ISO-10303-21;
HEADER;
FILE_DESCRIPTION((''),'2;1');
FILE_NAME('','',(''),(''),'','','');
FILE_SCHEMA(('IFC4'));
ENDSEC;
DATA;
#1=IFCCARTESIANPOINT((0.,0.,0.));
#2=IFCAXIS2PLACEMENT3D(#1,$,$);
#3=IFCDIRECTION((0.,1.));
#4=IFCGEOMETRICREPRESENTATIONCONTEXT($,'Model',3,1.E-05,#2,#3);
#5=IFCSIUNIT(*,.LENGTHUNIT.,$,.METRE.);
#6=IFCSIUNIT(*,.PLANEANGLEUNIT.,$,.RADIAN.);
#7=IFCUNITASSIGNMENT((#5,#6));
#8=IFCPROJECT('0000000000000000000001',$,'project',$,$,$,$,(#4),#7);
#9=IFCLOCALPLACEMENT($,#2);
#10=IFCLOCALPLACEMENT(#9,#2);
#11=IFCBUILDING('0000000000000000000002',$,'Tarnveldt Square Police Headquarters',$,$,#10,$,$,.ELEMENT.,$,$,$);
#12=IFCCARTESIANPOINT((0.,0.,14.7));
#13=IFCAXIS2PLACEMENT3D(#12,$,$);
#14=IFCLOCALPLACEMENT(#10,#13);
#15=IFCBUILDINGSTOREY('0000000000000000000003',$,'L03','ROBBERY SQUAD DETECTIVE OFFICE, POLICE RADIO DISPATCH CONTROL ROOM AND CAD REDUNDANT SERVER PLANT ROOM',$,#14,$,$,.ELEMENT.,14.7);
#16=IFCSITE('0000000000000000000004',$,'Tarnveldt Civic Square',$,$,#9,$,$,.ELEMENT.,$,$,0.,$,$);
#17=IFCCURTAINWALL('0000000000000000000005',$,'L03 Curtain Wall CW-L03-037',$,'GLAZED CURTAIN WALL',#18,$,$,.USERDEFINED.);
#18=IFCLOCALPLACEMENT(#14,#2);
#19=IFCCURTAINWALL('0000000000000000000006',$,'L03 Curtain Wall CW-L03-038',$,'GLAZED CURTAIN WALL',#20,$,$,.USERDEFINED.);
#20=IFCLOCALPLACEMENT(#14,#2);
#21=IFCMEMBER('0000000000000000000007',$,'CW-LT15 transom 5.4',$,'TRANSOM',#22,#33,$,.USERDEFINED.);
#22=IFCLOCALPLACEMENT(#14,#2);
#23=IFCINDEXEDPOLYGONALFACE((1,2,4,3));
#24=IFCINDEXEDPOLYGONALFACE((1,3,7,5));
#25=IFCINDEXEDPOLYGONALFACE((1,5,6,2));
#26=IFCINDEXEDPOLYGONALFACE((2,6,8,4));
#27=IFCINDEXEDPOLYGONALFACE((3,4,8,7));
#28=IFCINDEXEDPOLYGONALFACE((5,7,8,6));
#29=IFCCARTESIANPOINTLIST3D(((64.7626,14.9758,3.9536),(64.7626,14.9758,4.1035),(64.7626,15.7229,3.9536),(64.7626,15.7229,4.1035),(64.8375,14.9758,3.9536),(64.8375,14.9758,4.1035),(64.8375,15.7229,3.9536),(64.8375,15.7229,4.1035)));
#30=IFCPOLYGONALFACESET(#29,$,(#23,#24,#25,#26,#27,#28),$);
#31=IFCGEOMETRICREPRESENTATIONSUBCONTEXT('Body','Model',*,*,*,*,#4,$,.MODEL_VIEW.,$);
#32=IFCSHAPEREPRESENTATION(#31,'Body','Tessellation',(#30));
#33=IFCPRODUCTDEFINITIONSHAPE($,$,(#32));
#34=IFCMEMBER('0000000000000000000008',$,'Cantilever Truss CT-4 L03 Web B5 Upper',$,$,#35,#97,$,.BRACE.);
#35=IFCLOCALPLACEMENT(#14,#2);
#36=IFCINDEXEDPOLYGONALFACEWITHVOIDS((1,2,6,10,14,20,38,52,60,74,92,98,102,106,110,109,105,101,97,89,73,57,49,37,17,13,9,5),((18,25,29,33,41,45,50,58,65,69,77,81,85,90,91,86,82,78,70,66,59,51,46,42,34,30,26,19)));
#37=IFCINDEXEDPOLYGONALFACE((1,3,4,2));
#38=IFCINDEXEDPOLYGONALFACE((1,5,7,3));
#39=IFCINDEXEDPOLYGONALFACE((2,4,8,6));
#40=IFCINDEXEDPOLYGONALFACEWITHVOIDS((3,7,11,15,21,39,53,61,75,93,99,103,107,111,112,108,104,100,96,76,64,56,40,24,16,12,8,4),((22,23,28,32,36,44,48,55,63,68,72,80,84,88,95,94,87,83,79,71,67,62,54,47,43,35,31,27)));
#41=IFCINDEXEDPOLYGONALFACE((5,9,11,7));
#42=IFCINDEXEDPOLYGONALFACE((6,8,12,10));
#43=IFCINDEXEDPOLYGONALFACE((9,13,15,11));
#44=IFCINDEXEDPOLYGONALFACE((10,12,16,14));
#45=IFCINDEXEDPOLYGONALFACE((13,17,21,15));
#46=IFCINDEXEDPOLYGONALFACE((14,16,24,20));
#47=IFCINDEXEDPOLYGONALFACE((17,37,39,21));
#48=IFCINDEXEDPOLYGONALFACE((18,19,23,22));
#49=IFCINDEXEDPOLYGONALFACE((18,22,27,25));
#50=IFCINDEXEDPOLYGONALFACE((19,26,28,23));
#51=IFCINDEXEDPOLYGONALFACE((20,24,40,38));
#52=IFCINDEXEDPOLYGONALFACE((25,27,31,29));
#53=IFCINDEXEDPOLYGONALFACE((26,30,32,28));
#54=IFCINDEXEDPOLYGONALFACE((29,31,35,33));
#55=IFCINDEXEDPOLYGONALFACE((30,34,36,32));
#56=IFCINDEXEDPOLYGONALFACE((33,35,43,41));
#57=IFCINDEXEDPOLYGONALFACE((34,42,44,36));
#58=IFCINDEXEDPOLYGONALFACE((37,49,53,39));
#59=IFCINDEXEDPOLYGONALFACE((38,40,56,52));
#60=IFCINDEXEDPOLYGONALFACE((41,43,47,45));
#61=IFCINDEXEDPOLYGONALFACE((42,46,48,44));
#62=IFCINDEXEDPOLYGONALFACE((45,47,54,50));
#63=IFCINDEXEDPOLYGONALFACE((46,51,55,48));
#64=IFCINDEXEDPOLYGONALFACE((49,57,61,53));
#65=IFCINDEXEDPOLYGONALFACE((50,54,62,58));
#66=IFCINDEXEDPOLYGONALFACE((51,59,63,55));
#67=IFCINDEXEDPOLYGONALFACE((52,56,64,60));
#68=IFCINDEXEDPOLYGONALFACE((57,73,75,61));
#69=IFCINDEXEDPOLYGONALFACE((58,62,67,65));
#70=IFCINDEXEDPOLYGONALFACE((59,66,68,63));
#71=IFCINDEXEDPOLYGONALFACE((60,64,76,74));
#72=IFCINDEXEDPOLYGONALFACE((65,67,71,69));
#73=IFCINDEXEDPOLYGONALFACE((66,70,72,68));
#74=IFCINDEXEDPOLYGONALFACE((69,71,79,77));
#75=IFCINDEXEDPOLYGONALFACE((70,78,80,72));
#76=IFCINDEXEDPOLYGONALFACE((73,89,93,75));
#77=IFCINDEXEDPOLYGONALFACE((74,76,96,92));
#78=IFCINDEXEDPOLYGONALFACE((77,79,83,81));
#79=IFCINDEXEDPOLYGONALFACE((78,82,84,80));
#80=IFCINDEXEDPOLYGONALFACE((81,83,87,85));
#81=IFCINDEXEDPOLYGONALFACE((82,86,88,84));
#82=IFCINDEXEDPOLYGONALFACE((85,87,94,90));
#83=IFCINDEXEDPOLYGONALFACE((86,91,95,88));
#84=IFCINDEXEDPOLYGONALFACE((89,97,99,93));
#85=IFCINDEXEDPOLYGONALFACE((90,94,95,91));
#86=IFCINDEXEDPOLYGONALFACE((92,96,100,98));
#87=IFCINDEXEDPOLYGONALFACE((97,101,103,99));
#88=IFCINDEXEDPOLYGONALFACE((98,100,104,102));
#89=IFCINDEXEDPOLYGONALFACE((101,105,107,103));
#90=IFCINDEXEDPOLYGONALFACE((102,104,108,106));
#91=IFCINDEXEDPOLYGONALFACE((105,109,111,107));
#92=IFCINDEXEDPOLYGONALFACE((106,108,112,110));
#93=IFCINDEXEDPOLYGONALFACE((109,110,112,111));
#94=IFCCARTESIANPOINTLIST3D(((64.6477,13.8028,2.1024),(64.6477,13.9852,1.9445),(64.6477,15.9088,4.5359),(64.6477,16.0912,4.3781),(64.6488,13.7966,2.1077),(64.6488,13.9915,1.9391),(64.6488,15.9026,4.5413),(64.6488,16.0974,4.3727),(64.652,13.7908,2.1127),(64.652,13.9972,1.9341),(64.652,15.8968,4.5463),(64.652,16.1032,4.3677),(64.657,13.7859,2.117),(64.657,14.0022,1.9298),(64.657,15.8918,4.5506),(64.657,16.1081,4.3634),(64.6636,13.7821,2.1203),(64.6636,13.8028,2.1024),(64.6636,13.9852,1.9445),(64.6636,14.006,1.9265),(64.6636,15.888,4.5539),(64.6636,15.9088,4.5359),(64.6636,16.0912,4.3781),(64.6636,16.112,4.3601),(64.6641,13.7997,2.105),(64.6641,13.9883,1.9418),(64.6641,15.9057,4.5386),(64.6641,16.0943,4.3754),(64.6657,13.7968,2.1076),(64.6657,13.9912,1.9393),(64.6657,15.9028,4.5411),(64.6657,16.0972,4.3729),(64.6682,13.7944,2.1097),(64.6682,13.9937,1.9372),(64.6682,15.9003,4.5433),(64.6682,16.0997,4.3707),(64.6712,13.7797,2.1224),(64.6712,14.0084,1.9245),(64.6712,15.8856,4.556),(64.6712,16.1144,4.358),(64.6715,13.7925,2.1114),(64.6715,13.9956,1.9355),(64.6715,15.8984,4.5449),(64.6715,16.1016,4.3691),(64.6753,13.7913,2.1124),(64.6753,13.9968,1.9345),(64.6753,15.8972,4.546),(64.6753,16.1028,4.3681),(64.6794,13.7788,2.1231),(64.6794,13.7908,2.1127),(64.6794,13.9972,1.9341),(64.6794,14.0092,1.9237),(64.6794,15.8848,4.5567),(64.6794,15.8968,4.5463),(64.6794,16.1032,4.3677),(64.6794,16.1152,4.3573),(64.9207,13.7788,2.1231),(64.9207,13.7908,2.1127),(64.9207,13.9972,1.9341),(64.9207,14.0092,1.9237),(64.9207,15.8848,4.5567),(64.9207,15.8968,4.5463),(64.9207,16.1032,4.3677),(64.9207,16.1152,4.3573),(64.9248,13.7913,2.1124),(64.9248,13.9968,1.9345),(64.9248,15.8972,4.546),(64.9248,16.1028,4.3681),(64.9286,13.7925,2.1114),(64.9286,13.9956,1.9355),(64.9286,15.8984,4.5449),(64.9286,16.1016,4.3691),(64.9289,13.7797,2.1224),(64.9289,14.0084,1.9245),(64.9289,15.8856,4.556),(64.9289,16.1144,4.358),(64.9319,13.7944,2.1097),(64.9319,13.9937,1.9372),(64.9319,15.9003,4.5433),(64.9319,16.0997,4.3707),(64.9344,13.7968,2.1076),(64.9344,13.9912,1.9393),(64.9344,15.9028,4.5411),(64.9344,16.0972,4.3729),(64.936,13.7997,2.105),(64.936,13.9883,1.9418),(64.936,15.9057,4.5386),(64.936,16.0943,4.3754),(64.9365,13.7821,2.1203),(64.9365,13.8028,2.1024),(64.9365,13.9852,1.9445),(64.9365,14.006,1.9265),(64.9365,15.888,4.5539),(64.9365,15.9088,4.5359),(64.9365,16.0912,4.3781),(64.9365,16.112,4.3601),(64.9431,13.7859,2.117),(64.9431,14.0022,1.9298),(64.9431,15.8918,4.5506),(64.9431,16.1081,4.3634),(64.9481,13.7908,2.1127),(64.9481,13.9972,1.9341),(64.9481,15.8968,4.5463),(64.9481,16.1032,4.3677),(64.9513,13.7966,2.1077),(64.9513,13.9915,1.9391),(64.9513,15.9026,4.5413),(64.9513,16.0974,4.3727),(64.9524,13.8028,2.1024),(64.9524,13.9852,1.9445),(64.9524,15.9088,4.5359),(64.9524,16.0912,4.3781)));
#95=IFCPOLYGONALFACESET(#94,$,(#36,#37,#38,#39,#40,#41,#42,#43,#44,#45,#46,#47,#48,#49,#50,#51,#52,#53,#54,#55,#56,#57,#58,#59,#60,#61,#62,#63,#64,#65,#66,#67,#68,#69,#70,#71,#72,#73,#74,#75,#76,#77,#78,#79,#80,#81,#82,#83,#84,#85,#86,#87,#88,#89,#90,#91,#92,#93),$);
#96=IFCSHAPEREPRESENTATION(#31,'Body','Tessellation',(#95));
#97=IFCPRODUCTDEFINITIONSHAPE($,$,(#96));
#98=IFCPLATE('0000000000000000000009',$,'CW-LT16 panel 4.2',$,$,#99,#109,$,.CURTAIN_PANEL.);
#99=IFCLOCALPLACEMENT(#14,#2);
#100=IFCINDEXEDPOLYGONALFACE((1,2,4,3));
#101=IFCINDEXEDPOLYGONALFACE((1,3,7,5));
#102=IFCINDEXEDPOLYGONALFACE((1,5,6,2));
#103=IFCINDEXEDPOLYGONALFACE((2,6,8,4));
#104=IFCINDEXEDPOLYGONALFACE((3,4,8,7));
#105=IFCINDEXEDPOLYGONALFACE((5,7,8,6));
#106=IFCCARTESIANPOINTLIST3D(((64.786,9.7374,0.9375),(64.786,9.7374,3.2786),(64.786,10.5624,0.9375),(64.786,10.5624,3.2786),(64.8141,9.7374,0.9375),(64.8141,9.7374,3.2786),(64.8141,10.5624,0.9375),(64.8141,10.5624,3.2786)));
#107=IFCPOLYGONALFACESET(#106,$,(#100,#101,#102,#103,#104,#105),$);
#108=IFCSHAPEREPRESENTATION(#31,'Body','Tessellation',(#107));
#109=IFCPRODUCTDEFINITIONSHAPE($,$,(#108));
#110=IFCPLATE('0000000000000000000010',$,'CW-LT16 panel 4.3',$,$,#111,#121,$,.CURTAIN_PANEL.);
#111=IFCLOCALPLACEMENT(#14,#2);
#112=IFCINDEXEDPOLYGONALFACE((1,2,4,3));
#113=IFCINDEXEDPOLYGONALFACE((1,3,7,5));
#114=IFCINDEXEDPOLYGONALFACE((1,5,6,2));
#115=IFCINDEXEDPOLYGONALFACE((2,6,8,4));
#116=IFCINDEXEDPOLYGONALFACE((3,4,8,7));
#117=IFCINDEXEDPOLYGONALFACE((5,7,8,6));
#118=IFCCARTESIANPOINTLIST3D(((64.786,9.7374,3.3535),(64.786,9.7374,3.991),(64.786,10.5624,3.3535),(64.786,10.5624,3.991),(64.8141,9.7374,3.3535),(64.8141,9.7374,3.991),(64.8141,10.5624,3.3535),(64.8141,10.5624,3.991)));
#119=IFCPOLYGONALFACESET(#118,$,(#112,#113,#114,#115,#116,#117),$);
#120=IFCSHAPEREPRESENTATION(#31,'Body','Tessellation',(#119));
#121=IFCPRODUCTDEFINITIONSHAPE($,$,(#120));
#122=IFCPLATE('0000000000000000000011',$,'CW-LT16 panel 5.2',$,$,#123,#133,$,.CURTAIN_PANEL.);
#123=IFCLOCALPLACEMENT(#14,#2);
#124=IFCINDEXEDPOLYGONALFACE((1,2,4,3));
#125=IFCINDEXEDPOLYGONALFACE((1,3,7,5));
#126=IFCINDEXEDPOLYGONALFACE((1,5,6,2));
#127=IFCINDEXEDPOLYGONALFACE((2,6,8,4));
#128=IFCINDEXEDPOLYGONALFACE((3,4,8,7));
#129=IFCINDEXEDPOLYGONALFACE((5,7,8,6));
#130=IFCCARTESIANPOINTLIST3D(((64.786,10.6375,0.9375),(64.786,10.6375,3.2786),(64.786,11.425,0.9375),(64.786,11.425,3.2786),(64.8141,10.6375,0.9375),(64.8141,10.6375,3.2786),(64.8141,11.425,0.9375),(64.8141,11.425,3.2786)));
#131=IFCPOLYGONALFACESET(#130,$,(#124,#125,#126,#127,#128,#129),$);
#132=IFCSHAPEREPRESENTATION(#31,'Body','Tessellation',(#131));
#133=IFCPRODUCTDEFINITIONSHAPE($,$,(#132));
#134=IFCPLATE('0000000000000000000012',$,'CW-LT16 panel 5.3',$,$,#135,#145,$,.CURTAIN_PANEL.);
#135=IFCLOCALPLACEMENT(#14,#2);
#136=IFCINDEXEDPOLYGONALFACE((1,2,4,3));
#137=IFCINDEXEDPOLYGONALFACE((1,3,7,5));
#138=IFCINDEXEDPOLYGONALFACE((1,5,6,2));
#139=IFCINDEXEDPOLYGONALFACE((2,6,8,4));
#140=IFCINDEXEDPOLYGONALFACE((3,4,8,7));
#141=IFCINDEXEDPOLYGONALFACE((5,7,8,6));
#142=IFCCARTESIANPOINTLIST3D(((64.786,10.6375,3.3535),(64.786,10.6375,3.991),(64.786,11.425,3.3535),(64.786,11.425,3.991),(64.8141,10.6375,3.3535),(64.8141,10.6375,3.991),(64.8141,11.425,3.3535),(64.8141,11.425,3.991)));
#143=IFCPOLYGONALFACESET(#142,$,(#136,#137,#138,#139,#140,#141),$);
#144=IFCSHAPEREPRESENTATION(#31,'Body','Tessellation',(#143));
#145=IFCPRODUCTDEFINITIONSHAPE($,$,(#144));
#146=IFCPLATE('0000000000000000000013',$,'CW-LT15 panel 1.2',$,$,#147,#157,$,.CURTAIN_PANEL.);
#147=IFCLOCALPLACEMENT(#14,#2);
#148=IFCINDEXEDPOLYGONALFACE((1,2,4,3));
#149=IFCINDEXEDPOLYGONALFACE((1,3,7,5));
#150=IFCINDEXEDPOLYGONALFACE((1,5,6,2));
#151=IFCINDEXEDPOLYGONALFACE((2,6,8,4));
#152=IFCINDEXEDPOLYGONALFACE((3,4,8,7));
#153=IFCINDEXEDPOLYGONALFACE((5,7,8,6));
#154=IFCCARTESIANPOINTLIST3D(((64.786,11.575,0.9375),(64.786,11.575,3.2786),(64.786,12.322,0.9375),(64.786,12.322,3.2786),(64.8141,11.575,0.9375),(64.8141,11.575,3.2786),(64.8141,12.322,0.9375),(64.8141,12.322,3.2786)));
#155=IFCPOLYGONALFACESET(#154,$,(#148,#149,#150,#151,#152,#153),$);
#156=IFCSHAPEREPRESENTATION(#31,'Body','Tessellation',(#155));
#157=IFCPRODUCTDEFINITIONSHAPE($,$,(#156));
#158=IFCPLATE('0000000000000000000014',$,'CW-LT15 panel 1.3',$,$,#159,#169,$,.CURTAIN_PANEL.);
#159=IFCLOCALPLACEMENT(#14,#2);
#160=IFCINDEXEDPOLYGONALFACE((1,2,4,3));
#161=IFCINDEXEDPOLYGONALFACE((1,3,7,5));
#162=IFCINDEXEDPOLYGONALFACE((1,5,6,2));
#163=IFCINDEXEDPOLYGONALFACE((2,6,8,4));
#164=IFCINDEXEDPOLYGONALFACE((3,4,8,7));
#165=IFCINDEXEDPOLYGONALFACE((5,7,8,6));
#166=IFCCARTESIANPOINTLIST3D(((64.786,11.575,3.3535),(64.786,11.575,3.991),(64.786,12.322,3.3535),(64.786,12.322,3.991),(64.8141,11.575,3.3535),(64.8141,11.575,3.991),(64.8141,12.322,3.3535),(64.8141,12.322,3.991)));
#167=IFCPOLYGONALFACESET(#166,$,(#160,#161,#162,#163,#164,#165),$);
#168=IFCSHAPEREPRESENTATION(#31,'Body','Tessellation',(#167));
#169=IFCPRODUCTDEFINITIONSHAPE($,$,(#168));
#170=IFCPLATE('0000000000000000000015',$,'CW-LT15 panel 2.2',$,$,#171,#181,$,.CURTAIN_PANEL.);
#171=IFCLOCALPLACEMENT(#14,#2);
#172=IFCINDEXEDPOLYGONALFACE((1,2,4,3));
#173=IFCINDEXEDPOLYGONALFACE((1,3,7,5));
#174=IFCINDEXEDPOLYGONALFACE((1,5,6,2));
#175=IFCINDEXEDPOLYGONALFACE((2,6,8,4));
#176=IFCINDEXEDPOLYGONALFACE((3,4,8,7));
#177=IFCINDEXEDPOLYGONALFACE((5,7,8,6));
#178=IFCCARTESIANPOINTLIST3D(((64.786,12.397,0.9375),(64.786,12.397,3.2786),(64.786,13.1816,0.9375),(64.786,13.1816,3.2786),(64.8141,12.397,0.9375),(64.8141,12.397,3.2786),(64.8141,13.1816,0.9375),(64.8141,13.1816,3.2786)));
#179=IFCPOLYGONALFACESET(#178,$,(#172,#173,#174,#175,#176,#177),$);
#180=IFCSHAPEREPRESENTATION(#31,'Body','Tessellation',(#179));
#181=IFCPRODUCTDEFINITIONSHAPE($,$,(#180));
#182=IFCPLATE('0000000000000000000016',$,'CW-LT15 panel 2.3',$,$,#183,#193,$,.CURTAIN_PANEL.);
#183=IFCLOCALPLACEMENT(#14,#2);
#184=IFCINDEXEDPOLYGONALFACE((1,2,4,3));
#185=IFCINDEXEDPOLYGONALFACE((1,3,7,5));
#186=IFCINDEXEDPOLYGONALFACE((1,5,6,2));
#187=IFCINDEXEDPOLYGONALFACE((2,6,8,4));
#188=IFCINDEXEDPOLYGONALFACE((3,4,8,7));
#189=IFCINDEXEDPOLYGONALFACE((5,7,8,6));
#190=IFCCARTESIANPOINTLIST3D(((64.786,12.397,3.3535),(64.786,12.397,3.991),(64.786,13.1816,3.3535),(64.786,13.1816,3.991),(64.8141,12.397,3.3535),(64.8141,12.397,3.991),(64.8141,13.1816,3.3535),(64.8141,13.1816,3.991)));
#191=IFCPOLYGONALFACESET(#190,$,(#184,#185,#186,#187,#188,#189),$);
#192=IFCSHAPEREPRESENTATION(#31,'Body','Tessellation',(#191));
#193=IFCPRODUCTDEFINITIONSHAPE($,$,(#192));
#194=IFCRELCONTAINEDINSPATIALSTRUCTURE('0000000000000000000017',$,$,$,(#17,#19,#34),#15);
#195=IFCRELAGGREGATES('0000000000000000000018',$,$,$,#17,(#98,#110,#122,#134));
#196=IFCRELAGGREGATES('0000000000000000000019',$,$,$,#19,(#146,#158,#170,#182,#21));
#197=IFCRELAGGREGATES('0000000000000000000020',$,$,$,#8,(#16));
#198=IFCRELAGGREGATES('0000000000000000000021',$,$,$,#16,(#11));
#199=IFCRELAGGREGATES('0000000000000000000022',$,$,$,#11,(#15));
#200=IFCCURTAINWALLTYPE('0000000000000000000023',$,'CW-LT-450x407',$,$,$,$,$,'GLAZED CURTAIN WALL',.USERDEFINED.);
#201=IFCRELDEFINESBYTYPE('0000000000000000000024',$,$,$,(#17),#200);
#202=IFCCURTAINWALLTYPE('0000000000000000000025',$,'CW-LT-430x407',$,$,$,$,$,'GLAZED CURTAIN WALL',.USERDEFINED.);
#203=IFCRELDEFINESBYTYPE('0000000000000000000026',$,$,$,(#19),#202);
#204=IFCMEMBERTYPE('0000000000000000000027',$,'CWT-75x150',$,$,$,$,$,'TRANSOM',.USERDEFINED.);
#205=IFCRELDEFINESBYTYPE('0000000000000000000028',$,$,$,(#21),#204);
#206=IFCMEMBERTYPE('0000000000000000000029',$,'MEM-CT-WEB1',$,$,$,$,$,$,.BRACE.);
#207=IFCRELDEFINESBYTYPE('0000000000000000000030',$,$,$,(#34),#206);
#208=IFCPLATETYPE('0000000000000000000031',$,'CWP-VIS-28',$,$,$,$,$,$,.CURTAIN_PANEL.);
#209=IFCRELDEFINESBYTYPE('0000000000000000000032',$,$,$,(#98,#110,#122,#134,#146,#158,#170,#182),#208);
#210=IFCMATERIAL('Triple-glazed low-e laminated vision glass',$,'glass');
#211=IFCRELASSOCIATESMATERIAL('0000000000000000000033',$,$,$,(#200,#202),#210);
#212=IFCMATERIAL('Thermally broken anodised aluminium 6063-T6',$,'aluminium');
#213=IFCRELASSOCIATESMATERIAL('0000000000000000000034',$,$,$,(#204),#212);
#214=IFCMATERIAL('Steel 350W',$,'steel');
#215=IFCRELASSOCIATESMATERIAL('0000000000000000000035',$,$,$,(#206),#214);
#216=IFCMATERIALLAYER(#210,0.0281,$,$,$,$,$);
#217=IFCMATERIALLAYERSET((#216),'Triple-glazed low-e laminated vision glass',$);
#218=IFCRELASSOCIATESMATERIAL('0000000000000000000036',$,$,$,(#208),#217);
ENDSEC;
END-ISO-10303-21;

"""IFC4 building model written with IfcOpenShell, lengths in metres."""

from ifc_helpers import new_model, si_unit, direction, frame, origin, origin_2d, place, context, subcontext, project, spatial, rectangle, hollow_rectangle, extrude, material, layer, layer_set, material_profile, profile_set, type_object, element, aggregate, save


model = new_model("IFC4")

# Units and contexts
model_context = context("Model", 3, precision=1e-05, world=origin(), true_north=direction((0.0, 1.0)))
body_context = subcontext(model_context, "Body", "Model", "MODEL_VIEW")
ifc_project = project(units=[si_unit("LENGTHUNIT", "METRE"), si_unit("PLANEANGLEUNIT", "RADIAN")], contexts=[model_context])

# Site, building, storey
site_placement = place(None, origin())
site = spatial("IfcSite", under=ifc_project, at=site_placement, Name="Tarnveldt Civic Square", CompositionType="ELEMENT", RefElevation=0.0)
building_placement = place(site_placement, origin())
building = spatial("IfcBuilding", under=site, at=building_placement, Name="Tarnveldt Square Police Headquarters", CompositionType="ELEMENT")
storey_placement = place(building_placement, frame((0.0, 0.0, 14.7)))
storey = spatial("IfcBuildingStorey", under=building, at=storey_placement, Name="L03", Description="ROBBERY SQUAD DETECTIVE OFFICE, POLICE RADIO DISPATCH CONTROL ROOM AND CAD REDUNDANT SERVER PLANT ROOM", CompositionType="ELEMENT", Elevation=14.7)

# Shared definitions
ifc_material_1 = material(Name="Steel 350W", Category="steel")

# Curtain walls, member
ifc_material_2 = material(Name="Triple-glazed low-e laminated vision glass", Category="glass")
curtain_wall_type_1 = type_object("IfcCurtainWallType", Name="CW-LT-450x407", ElementType="GLAZED CURTAIN WALL", PredefinedType="USERDEFINED", material=ifc_material_2)
curtain_wall_1_placement = place(storey_placement, origin())
curtain_wall_1 = element("IfcCurtainWall", 1, at=curtain_wall_1_placement, inside=storey, type_object=curtain_wall_type_1, Name="L03 Curtain Wall CW-L03-037", ObjectType="GLAZED CURTAIN WALL", PredefinedType="USERDEFINED")
ifc_material_3 = material(Name="Thermally broken anodised aluminium 6063-T6", Category="aluminium")
ifc_material_profile_1 = material_profile(ifc_material_3, rectangle(XDim=0.075, YDim=0.1499, at=origin_2d()), Name="CW-T75x150")
ifc_profile_set_1 = profile_set([ifc_material_profile_1], Name="Thermally broken anodised aluminium 6063-T6")
member_type_1 = type_object("IfcMemberType", Name="CWT-75x150", ElementType="TRANSOM", PredefinedType="USERDEFINED", material=ifc_profile_set_1)
curtain_wall_type_2 = type_object("IfcCurtainWallType", Name="CW-LT-430x407", ElementType="GLAZED CURTAIN WALL", PredefinedType="USERDEFINED", material=ifc_material_2)
curtain_wall_2_placement = place(storey_placement, origin())
curtain_wall_2 = element("IfcCurtainWall", 2, at=curtain_wall_2_placement, inside=storey, type_object=curtain_wall_type_2, Name="L03 Curtain Wall CW-L03-038", ObjectType="GLAZED CURTAIN WALL", PredefinedType="USERDEFINED")
member_1_placement = place(storey_placement, frame((64.8, 14.9758, 4.0286), z_axis=(0.0, 1.0, 0.0), x_axis=(-1.0, 0.0, 0.0)))
member_1 = element("IfcMember", 3, at=member_1_placement, type_object=member_type_1, Name="CW-LT15 transom 5.4", ObjectType="TRANSOM", PredefinedType="USERDEFINED", context=body_context, shape_type="SweptSolid", body=[
    extrude(rectangle(XDim=0.075, YDim=0.1499, at=origin_2d()), origin(), (0.0, 0.0, 1.0), 0.7471),
])

# Member
ifc_material_profile_2 = material_profile(ifc_material_1, hollow_rectangle(XDim=0.3047, YDim=0.3047, WallThickness=0.0159, InnerFilletRadius=0.0159, OuterFilletRadius=0.0317, at=origin_2d()), Name="HSS305x305x16")
ifc_profile_set_2 = profile_set([ifc_material_profile_2], Name="Steel 350W")
member_type_2 = type_object("IfcMemberType", Name="MEM-CT-WEB1", PredefinedType="BRACE", material=ifc_profile_set_2)
member_2_placement = place(storey_placement, frame((64.8, 13.894, 2.0234), z_axis=(0.0, 0.65437, 0.756174), x_axis=(-1.0, 0.0, 0.0)))
element("IfcMember", 4, at=member_2_placement, inside=storey, type_object=member_type_2, Name="Cantilever Truss CT-4 L03 Web B5 Upper", PredefinedType="BRACE", context=body_context, shape_type="SweptSolid", body=[
    extrude(hollow_rectangle(XDim=0.3047, YDim=0.3047, WallThickness=0.0159, InnerFilletRadius=0.0159, OuterFilletRadius=0.0317, at=origin_2d()), origin(), (0.0, 0.0, 1.0), 3.2183),
])

# Plates
ifc_layer_1 = layer(ifc_material_2, 0.0281)
ifc_layer_set_1 = layer_set([ifc_layer_1], Name="Triple-glazed low-e laminated vision glass")
plate_type_1 = type_object("IfcPlateType", Name="CWP-VIS-28", PredefinedType="CURTAIN_PANEL", material=ifc_layer_set_1)
plate_1_placement = place(storey_placement, frame((64.8, 10.1499, 0.9375), z_axis=(0.0, 0.0, 1.0), x_axis=(0.0, 1.0, 0.0)))
plate_1 = element("IfcPlate", 5, at=plate_1_placement, type_object=plate_type_1, Name="CW-LT16 panel 4.2", PredefinedType="CURTAIN_PANEL", context=body_context, shape_type="SweptSolid", body=[
    extrude(rectangle(XDim=0.825, YDim=0.0281, at=origin_2d()), origin(), (0.0, 0.0, 1.0), 2.3411),
])
plate_2_placement = place(storey_placement, frame((64.8, 10.1499, 3.3535), z_axis=(0.0, 0.0, 1.0), x_axis=(0.0, 1.0, 0.0)))
plate_2 = element("IfcPlate", 6, at=plate_2_placement, type_object=plate_type_1, Name="CW-LT16 panel 4.3", PredefinedType="CURTAIN_PANEL", context=body_context, shape_type="SweptSolid", body=[
    extrude(rectangle(XDim=0.825, YDim=0.0281, at=origin_2d()), origin(), (0.0, 0.0, 1.0), 0.6375),
])
plate_3_placement = place(storey_placement, frame((64.8, 11.0312, 0.9375), z_axis=(0.0, 0.0, 1.0), x_axis=(0.0, 1.0, 0.0)))
plate_3 = element("IfcPlate", 7, at=plate_3_placement, type_object=plate_type_1, Name="CW-LT16 panel 5.2", PredefinedType="CURTAIN_PANEL", context=body_context, shape_type="SweptSolid", body=[
    extrude(rectangle(XDim=0.7876, YDim=0.0281, at=origin_2d()), origin(), (0.0, 0.0, 1.0), 2.3411),
])
plate_4_placement = place(storey_placement, frame((64.8, 11.0312, 3.3535), z_axis=(0.0, 0.0, 1.0), x_axis=(0.0, 1.0, 0.0)))
plate_4 = element("IfcPlate", 8, at=plate_4_placement, type_object=plate_type_1, Name="CW-LT16 panel 5.3", PredefinedType="CURTAIN_PANEL", context=body_context, shape_type="SweptSolid", body=[
    extrude(rectangle(XDim=0.7876, YDim=0.0281, at=origin_2d()), origin(), (0.0, 0.0, 1.0), 0.6375),
])
aggregate(curtain_wall_1, [plate_1, plate_2, plate_3, plate_4])
plate_5_placement = place(storey_placement, frame((64.8, 11.9485, 0.9375), z_axis=(0.0, 0.0, 1.0), x_axis=(0.0, 1.0, 0.0)))
plate_5 = element("IfcPlate", 9, at=plate_5_placement, type_object=plate_type_1, Name="CW-LT15 panel 1.2", PredefinedType="CURTAIN_PANEL", context=body_context, shape_type="SweptSolid", body=[
    extrude(rectangle(XDim=0.7471, YDim=0.0281, at=origin_2d()), origin(), (0.0, 0.0, 1.0), 2.3411),
])
plate_6_placement = place(storey_placement, frame((64.8, 11.9485, 3.3535), z_axis=(0.0, 0.0, 1.0), x_axis=(0.0, 1.0, 0.0)))
plate_6 = element("IfcPlate", 10, at=plate_6_placement, type_object=plate_type_1, Name="CW-LT15 panel 1.3", PredefinedType="CURTAIN_PANEL", context=body_context, shape_type="SweptSolid", body=[
    extrude(rectangle(XDim=0.7471, YDim=0.0281, at=origin_2d()), origin(), (0.0, 0.0, 1.0), 0.6375),
])
plate_7_placement = place(storey_placement, frame((64.8, 12.7893, 0.9375), z_axis=(0.0, 0.0, 1.0), x_axis=(0.0, 1.0, 0.0)))
plate_7 = element("IfcPlate", 11, at=plate_7_placement, type_object=plate_type_1, Name="CW-LT15 panel 2.2", PredefinedType="CURTAIN_PANEL", context=body_context, shape_type="SweptSolid", body=[
    extrude(rectangle(XDim=0.7847, YDim=0.0281, at=origin_2d()), origin(), (0.0, 0.0, 1.0), 2.3411),
])
plate_8_placement = place(storey_placement, frame((64.8, 12.7893, 3.3535), z_axis=(0.0, 0.0, 1.0), x_axis=(0.0, 1.0, 0.0)))
plate_8 = element("IfcPlate", 12, at=plate_8_placement, type_object=plate_type_1, Name="CW-LT15 panel 2.3", PredefinedType="CURTAIN_PANEL", context=body_context, shape_type="SweptSolid", body=[
    extrude(rectangle(XDim=0.7847, YDim=0.0281, at=origin_2d()), origin(), (0.0, 0.0, 1.0), 0.6375),
])
aggregate(curtain_wall_2, [plate_5, plate_6, plate_7, plate_8, member_1])

save(model, "model.ifc")
